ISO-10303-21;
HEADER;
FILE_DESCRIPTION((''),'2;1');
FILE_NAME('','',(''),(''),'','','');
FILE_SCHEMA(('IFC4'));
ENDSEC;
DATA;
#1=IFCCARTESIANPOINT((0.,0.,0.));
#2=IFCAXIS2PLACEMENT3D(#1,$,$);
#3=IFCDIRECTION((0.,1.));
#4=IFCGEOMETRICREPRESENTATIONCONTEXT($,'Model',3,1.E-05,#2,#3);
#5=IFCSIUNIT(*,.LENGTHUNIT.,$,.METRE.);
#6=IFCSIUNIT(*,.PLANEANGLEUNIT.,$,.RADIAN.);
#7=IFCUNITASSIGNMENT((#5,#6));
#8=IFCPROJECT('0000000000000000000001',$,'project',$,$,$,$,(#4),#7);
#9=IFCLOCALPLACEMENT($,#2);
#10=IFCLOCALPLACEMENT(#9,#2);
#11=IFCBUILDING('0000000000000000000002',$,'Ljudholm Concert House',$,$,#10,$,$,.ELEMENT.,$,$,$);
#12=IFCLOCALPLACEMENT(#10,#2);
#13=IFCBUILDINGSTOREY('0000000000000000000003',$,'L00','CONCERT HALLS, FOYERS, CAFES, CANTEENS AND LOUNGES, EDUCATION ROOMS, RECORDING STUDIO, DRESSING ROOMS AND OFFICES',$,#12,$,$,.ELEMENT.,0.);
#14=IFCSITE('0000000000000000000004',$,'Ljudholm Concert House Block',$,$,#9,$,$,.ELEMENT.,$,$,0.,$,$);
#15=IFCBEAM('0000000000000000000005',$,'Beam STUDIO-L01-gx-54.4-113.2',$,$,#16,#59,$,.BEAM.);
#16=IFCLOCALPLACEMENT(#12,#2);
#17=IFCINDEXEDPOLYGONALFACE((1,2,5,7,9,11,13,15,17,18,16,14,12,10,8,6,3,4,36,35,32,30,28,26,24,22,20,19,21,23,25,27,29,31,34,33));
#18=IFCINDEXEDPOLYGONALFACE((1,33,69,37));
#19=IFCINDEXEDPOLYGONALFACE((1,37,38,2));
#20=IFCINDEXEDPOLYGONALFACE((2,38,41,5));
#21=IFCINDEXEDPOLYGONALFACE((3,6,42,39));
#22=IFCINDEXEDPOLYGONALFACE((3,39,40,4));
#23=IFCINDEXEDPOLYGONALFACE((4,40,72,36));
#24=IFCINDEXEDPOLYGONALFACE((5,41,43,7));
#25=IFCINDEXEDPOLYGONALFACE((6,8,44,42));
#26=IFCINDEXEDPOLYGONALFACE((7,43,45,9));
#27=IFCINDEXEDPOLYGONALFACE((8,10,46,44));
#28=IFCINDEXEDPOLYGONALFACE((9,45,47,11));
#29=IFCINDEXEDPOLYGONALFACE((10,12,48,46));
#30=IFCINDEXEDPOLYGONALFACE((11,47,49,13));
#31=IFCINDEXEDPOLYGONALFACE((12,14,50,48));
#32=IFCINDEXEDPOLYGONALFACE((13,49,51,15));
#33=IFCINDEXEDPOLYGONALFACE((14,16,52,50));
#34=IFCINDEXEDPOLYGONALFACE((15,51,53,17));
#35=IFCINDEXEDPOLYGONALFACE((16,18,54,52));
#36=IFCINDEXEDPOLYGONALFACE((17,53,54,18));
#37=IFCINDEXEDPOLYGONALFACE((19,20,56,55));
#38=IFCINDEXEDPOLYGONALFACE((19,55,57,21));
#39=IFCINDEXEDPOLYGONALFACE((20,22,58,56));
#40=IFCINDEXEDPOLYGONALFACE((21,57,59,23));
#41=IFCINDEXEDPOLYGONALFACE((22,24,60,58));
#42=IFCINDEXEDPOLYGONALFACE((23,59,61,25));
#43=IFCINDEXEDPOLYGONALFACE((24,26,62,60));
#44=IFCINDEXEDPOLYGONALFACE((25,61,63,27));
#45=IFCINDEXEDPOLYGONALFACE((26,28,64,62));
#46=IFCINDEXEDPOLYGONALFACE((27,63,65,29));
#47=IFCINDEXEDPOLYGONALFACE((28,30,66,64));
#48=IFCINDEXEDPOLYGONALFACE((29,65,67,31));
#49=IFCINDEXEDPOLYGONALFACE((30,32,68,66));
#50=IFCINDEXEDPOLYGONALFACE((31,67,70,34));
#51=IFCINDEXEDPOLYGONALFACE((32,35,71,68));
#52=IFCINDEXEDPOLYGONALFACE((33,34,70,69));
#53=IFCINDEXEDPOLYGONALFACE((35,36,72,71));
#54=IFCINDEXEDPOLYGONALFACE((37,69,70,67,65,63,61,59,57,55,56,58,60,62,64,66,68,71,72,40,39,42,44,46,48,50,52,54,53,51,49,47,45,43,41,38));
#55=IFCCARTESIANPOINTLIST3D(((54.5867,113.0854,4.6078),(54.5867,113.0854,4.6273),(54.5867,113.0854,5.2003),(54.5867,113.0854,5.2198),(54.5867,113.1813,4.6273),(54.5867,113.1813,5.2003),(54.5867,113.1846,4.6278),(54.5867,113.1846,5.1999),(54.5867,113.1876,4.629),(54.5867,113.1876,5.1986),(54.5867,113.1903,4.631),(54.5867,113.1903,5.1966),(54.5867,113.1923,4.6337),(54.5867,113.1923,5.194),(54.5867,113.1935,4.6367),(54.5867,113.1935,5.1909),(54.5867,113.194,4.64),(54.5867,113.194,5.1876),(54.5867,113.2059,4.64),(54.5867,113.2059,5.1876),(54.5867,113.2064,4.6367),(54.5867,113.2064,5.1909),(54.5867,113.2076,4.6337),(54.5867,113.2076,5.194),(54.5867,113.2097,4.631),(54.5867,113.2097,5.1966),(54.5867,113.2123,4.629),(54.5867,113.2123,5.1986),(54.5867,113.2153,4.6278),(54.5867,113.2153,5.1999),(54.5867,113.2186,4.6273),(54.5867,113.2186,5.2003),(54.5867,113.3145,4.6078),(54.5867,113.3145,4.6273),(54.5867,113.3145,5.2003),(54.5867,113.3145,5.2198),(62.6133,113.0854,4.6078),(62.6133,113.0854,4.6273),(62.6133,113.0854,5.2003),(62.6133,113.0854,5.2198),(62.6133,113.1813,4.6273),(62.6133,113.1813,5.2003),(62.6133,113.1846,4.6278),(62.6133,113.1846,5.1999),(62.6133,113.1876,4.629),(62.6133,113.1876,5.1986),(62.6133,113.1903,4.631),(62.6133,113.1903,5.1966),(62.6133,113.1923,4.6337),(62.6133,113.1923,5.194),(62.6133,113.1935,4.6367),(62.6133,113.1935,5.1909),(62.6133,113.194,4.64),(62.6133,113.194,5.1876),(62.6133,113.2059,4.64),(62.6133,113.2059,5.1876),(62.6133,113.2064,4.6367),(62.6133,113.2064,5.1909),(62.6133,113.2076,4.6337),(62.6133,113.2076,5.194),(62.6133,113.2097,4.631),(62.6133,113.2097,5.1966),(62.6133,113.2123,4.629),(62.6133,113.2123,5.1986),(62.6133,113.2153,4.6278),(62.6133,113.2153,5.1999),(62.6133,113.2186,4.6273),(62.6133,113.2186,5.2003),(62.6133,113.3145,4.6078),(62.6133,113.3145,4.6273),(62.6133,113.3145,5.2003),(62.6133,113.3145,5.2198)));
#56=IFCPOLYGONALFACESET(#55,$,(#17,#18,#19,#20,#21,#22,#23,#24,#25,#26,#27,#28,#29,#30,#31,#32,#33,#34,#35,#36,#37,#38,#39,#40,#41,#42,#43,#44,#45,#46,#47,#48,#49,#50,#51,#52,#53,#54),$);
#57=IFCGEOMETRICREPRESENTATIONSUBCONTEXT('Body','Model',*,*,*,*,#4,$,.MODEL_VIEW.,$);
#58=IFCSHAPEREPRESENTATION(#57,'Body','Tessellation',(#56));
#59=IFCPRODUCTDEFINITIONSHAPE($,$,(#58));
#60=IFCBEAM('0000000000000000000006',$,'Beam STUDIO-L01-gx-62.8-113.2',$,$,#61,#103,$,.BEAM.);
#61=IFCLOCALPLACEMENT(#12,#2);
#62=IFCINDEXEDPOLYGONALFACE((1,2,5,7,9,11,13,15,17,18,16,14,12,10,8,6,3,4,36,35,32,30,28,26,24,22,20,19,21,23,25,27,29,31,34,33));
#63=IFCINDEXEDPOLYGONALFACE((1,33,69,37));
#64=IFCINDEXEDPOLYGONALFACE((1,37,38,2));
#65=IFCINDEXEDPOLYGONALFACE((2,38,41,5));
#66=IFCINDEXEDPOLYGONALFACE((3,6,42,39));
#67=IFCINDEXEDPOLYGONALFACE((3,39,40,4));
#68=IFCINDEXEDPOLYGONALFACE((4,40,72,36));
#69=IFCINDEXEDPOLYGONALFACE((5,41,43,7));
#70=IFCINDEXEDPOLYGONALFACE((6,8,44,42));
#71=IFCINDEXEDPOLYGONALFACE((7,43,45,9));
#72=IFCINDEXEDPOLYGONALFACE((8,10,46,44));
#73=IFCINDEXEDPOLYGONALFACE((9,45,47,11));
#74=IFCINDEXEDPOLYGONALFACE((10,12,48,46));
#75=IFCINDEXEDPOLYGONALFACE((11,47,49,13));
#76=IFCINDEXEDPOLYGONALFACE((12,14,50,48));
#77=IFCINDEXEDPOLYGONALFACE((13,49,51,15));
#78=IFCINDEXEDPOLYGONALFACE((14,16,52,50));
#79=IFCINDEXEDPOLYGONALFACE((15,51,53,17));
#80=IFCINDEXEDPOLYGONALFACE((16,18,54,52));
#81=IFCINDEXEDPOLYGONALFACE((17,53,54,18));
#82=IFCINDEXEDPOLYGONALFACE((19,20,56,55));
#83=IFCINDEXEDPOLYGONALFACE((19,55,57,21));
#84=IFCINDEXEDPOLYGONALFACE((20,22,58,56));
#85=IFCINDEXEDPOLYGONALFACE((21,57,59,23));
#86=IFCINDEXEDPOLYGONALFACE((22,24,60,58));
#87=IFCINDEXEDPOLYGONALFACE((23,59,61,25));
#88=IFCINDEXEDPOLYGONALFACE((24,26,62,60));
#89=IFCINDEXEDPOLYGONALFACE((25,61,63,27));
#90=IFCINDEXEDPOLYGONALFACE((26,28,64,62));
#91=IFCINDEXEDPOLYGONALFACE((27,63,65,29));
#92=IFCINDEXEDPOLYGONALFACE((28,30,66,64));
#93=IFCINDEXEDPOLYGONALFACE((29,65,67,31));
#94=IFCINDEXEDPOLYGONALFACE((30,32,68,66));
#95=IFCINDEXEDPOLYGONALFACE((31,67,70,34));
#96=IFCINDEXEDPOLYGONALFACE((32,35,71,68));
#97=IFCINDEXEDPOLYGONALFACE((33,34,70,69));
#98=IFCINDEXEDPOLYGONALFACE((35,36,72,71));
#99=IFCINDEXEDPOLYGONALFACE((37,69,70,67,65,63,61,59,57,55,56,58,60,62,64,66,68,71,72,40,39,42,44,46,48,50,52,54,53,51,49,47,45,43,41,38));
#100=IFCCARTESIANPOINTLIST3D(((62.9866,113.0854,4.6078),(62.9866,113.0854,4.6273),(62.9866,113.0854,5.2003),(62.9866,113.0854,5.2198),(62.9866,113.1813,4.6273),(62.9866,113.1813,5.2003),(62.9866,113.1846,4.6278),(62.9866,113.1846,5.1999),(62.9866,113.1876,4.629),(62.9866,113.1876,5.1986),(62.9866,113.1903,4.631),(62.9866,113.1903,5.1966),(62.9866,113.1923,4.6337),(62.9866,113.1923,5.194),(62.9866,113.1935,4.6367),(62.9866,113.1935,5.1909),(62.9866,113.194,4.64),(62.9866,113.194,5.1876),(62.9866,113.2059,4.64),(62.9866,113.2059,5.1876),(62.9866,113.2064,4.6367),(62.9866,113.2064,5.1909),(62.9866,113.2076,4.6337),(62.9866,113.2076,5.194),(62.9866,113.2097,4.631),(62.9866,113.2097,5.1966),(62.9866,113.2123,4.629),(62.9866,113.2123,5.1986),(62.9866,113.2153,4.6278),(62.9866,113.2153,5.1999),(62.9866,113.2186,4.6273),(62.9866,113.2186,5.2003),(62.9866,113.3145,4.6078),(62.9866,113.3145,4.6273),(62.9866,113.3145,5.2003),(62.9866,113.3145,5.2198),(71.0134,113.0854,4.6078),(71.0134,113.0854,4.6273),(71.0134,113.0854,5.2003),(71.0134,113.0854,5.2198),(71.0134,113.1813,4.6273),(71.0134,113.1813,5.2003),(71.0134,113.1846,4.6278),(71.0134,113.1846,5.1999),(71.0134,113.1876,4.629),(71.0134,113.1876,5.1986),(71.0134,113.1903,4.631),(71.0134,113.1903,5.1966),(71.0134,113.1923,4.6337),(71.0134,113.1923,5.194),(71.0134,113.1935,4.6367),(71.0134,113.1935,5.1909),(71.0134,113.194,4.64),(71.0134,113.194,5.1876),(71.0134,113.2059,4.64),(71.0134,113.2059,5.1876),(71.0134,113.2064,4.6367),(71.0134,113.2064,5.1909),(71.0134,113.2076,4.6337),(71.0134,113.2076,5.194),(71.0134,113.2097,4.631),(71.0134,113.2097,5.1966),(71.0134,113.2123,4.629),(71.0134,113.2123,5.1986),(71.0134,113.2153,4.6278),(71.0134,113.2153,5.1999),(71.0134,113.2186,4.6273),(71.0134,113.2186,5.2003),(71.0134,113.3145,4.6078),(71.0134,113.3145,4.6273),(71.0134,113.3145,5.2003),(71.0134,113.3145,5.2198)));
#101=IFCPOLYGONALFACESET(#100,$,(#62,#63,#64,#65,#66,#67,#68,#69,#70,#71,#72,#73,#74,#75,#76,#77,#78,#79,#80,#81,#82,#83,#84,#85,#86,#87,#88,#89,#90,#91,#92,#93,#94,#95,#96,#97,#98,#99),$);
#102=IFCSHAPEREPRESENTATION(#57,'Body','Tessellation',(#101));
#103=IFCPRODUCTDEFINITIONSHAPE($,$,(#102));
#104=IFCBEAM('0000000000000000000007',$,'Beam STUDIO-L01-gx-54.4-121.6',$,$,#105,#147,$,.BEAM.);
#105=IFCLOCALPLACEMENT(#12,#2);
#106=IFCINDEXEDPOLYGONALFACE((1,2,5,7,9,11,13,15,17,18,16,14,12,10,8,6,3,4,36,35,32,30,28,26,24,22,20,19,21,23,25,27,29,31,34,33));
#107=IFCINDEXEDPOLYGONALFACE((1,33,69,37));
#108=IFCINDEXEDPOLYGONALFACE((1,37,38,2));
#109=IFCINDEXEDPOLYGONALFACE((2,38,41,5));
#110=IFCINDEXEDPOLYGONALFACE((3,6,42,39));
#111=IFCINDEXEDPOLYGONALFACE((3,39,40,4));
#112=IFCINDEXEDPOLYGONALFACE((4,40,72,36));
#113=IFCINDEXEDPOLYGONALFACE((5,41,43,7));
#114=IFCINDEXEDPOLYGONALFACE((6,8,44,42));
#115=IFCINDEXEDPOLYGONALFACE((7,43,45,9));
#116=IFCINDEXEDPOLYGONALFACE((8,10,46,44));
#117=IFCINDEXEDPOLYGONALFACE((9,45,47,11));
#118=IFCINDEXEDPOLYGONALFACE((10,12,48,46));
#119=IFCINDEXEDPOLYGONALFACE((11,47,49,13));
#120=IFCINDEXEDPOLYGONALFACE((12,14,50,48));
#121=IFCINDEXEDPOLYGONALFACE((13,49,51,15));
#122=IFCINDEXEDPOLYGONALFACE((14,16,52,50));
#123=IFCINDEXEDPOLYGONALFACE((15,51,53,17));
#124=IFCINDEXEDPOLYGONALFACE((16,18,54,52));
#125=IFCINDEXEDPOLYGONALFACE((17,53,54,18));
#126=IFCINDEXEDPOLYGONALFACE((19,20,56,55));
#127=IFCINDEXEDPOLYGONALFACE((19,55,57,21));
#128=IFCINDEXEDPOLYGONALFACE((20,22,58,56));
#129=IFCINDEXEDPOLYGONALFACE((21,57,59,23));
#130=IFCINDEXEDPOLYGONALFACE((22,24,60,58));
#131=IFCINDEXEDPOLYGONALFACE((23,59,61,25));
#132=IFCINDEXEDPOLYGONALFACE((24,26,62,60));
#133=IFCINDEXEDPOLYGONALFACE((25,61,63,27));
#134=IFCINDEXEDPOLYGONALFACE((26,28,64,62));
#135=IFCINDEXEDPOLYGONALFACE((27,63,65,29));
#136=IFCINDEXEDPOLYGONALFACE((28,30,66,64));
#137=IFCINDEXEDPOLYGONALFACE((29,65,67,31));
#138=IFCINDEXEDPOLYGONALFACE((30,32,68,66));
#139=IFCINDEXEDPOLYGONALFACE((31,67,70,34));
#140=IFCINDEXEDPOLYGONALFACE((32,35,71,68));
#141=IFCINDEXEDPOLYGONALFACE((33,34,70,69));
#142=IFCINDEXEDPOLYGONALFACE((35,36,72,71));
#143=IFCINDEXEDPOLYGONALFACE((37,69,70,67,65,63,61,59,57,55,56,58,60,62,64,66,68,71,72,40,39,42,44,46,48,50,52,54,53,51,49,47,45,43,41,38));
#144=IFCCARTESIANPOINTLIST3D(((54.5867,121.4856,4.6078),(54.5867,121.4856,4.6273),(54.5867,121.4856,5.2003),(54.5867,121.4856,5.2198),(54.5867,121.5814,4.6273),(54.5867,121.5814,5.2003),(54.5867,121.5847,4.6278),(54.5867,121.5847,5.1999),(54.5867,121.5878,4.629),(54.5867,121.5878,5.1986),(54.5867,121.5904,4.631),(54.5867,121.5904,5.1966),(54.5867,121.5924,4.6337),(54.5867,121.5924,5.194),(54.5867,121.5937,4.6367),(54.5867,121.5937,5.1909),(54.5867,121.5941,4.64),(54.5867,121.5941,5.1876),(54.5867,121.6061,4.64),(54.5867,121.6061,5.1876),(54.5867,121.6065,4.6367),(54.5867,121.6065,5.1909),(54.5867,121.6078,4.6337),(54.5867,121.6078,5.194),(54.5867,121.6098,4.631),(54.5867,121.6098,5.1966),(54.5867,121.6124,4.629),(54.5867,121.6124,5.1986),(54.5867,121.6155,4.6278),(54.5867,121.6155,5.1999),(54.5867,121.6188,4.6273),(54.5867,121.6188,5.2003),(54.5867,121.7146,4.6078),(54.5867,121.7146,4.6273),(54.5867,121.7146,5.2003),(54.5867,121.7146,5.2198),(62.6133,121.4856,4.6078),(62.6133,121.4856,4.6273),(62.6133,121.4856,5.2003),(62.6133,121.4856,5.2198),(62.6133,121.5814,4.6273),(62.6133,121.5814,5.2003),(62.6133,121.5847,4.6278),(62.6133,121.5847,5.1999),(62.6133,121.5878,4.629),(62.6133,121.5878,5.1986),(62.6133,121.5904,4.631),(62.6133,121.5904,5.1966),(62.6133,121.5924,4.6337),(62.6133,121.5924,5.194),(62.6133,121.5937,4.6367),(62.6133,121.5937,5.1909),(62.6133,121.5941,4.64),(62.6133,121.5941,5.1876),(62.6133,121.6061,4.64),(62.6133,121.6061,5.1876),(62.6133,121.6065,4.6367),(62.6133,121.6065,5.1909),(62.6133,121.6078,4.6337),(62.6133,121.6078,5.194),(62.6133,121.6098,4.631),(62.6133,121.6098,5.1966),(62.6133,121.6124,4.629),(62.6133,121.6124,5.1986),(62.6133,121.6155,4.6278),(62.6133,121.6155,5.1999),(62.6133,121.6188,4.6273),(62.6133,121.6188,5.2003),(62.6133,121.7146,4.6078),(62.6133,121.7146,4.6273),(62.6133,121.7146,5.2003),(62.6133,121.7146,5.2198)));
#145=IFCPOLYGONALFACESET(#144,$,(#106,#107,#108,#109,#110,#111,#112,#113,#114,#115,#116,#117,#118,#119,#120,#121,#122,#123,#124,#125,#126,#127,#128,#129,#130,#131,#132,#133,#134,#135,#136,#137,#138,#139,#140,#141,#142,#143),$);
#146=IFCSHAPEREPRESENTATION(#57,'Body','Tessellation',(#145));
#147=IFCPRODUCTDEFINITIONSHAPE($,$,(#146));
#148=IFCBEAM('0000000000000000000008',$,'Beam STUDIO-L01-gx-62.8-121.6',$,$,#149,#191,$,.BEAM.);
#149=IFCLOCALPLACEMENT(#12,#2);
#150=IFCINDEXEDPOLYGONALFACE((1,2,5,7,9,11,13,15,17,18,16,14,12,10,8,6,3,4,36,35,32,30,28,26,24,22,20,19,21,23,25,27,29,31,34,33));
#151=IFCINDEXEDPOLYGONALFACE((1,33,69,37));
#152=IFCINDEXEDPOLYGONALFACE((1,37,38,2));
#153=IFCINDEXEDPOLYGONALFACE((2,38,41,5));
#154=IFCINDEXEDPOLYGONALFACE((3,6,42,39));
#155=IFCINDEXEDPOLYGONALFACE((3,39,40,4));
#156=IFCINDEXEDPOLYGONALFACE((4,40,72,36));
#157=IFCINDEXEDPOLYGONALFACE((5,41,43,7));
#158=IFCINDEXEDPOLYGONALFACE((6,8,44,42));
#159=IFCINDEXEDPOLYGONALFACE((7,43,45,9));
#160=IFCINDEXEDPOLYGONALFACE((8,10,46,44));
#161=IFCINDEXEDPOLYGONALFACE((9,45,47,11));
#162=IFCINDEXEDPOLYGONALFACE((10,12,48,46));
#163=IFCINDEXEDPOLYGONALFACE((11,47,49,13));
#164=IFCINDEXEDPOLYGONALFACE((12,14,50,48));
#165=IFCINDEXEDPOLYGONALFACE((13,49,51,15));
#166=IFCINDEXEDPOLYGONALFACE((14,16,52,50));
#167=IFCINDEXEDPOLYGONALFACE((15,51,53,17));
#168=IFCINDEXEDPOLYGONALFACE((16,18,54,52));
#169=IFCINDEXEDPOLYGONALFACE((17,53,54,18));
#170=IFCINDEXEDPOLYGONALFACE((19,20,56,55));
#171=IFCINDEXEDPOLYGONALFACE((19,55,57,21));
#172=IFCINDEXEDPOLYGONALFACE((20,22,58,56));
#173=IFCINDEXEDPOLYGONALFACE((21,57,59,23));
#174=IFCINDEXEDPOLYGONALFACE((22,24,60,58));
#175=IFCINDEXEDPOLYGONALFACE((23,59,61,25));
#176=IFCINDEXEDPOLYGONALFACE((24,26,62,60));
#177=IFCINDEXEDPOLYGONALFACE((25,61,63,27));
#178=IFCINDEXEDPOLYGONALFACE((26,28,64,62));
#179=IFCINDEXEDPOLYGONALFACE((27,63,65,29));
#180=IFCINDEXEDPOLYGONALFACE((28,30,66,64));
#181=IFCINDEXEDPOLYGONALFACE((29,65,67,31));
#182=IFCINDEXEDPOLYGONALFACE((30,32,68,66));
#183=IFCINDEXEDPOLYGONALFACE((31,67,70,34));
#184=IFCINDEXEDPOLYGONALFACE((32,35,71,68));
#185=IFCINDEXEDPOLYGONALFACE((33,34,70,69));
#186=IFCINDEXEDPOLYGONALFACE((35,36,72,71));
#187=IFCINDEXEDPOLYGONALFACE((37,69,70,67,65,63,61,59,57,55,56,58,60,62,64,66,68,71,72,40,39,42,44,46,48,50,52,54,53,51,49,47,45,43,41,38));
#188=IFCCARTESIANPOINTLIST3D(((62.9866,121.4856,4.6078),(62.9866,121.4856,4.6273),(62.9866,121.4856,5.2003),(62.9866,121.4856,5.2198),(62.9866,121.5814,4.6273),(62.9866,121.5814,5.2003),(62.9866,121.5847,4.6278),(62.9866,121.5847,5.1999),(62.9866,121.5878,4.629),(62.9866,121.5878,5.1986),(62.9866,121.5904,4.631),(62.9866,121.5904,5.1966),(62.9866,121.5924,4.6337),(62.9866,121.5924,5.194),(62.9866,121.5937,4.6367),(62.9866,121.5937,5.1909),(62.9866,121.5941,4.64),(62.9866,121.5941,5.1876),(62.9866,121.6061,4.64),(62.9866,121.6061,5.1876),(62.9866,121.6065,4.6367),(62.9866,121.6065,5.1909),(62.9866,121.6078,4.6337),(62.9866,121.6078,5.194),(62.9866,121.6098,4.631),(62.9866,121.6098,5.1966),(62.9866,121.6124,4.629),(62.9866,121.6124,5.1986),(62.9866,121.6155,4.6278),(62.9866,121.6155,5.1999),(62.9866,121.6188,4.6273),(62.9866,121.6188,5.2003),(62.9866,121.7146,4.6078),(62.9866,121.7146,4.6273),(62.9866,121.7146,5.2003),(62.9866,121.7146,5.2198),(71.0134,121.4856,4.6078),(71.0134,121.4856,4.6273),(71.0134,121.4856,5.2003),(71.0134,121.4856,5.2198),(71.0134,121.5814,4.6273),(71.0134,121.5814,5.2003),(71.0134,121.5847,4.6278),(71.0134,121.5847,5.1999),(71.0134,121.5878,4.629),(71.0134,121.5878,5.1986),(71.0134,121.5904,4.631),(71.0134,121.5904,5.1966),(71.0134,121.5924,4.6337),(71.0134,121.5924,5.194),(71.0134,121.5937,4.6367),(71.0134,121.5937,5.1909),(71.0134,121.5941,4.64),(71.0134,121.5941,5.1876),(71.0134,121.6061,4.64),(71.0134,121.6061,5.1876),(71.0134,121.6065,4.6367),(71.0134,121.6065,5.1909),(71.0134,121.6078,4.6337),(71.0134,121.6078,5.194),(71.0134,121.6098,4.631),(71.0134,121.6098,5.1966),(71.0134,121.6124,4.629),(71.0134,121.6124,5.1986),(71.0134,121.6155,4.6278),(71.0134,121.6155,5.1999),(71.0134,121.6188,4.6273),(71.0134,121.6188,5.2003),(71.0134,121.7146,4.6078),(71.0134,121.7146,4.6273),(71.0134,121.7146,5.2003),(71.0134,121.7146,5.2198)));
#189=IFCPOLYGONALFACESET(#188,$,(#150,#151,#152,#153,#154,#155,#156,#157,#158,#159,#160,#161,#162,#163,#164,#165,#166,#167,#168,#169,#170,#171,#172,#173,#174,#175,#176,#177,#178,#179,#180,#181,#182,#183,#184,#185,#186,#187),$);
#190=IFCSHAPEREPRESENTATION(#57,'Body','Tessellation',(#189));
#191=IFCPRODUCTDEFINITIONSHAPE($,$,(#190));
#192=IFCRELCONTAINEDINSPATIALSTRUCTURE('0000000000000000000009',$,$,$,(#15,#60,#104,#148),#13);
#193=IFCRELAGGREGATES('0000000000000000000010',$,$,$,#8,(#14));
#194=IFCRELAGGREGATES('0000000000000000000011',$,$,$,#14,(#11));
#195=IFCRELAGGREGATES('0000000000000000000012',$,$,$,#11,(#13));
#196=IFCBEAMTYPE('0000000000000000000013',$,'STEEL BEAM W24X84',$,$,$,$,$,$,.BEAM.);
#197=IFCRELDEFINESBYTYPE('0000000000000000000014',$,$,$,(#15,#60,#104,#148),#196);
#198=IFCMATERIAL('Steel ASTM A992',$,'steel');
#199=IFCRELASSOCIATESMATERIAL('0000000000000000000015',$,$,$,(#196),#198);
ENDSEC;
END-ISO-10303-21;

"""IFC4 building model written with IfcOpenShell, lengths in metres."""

from ifc_helpers import new_model, si_unit, direction, frame, origin, origin_2d, place, context, subcontext, project, spatial, i_section, extrude, material, material_profile, profile_set, type_object, element, save


model = new_model("IFC4")

# Units and contexts
model_context = context("Model", 3, precision=1e-05, world=origin(), true_north=direction((0.0, 1.0)))
body_context = subcontext(model_context, "Body", "Model", "MODEL_VIEW")
ifc_project = project(units=[si_unit("LENGTHUNIT", "METRE"), si_unit("PLANEANGLEUNIT", "RADIAN")], contexts=[model_context])

# Site, building, storey
site_placement = place(None, origin())
site = spatial("IfcSite", under=ifc_project, at=site_placement, Name="Ljudholm Concert House Block", CompositionType="ELEMENT", RefElevation=0.0)
building_placement = place(site_placement, origin())
building = spatial("IfcBuilding", under=site, at=building_placement, Name="Ljudholm Concert House", CompositionType="ELEMENT")
storey_placement = place(building_placement, origin())
storey = spatial("IfcBuildingStorey", under=building, at=storey_placement, Name="L00", Description="CONCERT HALLS, FOYERS, CAFES, CANTEENS AND LOUNGES, EDUCATION ROOMS, RECORDING STUDIO, DRESSING ROOMS AND OFFICES", CompositionType="ELEMENT", Elevation=0.0)

# Beams
ifc_material_1 = material(Name="Steel ASTM A992", Category="steel")
ifc_material_profile_1 = material_profile(ifc_material_1, i_section(OverallWidth=0.229, OverallDepth=0.6121, WebThickness=0.012, FlangeThickness=0.0195, FilletRadius=0.0127, at=origin_2d()), Name="W24X84")
ifc_profile_set_1 = profile_set([ifc_material_profile_1], Name="Steel ASTM A992")
beam_type_1 = type_object("IfcBeamType", Name="STEEL BEAM W24X84", PredefinedType="BEAM", material=ifc_profile_set_1)
beam_1_placement = place(storey_placement, frame((54.5867, 113.2, 4.9138), z_axis=(1.0, 0.0, 0.0), x_axis=(0.0, 1.0, 0.0)))
element("IfcBeam", 1, at=beam_1_placement, inside=storey, type_object=beam_type_1, Name="Beam STUDIO-L01-gx-54.4-113.2", PredefinedType="BEAM", context=body_context, shape_type="SweptSolid", body=[
    extrude(i_section(OverallWidth=0.229, OverallDepth=0.6121, WebThickness=0.012, FlangeThickness=0.0195, FilletRadius=0.0127, at=origin_2d()), origin(), (0.0, 0.0, 1.0), 8.0266),
])
beam_2_placement = place(storey_placement, frame((62.9866, 113.2, 4.9138), z_axis=(1.0, 0.0, 0.0), x_axis=(0.0, 1.0, 0.0)))
element("IfcBeam", 2, at=beam_2_placement, inside=storey, type_object=beam_type_1, Name="Beam STUDIO-L01-gx-62.8-113.2", PredefinedType="BEAM", context=body_context, shape_type="SweptSolid", body=[
    extrude(i_section(OverallWidth=0.229, OverallDepth=0.6121, WebThickness=0.012, FlangeThickness=0.0195, FilletRadius=0.0127, at=origin_2d()), origin(), (0.0, 0.0, 1.0), 8.0269),
])
beam_3_placement = place(storey_placement, frame((54.5867, 121.6001, 4.9138), z_axis=(1.0, 0.0, 0.0), x_axis=(0.0, 1.0, 0.0)))
element("IfcBeam", 3, at=beam_3_placement, inside=storey, type_object=beam_type_1, Name="Beam STUDIO-L01-gx-54.4-121.6", PredefinedType="BEAM", context=body_context, shape_type="SweptSolid", body=[
    extrude(i_section(OverallWidth=0.229, OverallDepth=0.6121, WebThickness=0.012, FlangeThickness=0.0195, FilletRadius=0.0127, at=origin_2d()), origin(), (0.0, 0.0, 1.0), 8.0266),
])
beam_4_placement = place(storey_placement, frame((62.9866, 121.6001, 4.9138), z_axis=(1.0, 0.0, 0.0), x_axis=(0.0, 1.0, 0.0)))
element("IfcBeam", 4, at=beam_4_placement, inside=storey, type_object=beam_type_1, Name="Beam STUDIO-L01-gx-62.8-121.6", PredefinedType="BEAM", context=body_context, shape_type="SweptSolid", body=[
    extrude(i_section(OverallWidth=0.229, OverallDepth=0.6121, WebThickness=0.012, FlangeThickness=0.0195, FilletRadius=0.0127, at=origin_2d()), origin(), (0.0, 0.0, 1.0), 8.0269),
])

save(model, "model.ifc")
